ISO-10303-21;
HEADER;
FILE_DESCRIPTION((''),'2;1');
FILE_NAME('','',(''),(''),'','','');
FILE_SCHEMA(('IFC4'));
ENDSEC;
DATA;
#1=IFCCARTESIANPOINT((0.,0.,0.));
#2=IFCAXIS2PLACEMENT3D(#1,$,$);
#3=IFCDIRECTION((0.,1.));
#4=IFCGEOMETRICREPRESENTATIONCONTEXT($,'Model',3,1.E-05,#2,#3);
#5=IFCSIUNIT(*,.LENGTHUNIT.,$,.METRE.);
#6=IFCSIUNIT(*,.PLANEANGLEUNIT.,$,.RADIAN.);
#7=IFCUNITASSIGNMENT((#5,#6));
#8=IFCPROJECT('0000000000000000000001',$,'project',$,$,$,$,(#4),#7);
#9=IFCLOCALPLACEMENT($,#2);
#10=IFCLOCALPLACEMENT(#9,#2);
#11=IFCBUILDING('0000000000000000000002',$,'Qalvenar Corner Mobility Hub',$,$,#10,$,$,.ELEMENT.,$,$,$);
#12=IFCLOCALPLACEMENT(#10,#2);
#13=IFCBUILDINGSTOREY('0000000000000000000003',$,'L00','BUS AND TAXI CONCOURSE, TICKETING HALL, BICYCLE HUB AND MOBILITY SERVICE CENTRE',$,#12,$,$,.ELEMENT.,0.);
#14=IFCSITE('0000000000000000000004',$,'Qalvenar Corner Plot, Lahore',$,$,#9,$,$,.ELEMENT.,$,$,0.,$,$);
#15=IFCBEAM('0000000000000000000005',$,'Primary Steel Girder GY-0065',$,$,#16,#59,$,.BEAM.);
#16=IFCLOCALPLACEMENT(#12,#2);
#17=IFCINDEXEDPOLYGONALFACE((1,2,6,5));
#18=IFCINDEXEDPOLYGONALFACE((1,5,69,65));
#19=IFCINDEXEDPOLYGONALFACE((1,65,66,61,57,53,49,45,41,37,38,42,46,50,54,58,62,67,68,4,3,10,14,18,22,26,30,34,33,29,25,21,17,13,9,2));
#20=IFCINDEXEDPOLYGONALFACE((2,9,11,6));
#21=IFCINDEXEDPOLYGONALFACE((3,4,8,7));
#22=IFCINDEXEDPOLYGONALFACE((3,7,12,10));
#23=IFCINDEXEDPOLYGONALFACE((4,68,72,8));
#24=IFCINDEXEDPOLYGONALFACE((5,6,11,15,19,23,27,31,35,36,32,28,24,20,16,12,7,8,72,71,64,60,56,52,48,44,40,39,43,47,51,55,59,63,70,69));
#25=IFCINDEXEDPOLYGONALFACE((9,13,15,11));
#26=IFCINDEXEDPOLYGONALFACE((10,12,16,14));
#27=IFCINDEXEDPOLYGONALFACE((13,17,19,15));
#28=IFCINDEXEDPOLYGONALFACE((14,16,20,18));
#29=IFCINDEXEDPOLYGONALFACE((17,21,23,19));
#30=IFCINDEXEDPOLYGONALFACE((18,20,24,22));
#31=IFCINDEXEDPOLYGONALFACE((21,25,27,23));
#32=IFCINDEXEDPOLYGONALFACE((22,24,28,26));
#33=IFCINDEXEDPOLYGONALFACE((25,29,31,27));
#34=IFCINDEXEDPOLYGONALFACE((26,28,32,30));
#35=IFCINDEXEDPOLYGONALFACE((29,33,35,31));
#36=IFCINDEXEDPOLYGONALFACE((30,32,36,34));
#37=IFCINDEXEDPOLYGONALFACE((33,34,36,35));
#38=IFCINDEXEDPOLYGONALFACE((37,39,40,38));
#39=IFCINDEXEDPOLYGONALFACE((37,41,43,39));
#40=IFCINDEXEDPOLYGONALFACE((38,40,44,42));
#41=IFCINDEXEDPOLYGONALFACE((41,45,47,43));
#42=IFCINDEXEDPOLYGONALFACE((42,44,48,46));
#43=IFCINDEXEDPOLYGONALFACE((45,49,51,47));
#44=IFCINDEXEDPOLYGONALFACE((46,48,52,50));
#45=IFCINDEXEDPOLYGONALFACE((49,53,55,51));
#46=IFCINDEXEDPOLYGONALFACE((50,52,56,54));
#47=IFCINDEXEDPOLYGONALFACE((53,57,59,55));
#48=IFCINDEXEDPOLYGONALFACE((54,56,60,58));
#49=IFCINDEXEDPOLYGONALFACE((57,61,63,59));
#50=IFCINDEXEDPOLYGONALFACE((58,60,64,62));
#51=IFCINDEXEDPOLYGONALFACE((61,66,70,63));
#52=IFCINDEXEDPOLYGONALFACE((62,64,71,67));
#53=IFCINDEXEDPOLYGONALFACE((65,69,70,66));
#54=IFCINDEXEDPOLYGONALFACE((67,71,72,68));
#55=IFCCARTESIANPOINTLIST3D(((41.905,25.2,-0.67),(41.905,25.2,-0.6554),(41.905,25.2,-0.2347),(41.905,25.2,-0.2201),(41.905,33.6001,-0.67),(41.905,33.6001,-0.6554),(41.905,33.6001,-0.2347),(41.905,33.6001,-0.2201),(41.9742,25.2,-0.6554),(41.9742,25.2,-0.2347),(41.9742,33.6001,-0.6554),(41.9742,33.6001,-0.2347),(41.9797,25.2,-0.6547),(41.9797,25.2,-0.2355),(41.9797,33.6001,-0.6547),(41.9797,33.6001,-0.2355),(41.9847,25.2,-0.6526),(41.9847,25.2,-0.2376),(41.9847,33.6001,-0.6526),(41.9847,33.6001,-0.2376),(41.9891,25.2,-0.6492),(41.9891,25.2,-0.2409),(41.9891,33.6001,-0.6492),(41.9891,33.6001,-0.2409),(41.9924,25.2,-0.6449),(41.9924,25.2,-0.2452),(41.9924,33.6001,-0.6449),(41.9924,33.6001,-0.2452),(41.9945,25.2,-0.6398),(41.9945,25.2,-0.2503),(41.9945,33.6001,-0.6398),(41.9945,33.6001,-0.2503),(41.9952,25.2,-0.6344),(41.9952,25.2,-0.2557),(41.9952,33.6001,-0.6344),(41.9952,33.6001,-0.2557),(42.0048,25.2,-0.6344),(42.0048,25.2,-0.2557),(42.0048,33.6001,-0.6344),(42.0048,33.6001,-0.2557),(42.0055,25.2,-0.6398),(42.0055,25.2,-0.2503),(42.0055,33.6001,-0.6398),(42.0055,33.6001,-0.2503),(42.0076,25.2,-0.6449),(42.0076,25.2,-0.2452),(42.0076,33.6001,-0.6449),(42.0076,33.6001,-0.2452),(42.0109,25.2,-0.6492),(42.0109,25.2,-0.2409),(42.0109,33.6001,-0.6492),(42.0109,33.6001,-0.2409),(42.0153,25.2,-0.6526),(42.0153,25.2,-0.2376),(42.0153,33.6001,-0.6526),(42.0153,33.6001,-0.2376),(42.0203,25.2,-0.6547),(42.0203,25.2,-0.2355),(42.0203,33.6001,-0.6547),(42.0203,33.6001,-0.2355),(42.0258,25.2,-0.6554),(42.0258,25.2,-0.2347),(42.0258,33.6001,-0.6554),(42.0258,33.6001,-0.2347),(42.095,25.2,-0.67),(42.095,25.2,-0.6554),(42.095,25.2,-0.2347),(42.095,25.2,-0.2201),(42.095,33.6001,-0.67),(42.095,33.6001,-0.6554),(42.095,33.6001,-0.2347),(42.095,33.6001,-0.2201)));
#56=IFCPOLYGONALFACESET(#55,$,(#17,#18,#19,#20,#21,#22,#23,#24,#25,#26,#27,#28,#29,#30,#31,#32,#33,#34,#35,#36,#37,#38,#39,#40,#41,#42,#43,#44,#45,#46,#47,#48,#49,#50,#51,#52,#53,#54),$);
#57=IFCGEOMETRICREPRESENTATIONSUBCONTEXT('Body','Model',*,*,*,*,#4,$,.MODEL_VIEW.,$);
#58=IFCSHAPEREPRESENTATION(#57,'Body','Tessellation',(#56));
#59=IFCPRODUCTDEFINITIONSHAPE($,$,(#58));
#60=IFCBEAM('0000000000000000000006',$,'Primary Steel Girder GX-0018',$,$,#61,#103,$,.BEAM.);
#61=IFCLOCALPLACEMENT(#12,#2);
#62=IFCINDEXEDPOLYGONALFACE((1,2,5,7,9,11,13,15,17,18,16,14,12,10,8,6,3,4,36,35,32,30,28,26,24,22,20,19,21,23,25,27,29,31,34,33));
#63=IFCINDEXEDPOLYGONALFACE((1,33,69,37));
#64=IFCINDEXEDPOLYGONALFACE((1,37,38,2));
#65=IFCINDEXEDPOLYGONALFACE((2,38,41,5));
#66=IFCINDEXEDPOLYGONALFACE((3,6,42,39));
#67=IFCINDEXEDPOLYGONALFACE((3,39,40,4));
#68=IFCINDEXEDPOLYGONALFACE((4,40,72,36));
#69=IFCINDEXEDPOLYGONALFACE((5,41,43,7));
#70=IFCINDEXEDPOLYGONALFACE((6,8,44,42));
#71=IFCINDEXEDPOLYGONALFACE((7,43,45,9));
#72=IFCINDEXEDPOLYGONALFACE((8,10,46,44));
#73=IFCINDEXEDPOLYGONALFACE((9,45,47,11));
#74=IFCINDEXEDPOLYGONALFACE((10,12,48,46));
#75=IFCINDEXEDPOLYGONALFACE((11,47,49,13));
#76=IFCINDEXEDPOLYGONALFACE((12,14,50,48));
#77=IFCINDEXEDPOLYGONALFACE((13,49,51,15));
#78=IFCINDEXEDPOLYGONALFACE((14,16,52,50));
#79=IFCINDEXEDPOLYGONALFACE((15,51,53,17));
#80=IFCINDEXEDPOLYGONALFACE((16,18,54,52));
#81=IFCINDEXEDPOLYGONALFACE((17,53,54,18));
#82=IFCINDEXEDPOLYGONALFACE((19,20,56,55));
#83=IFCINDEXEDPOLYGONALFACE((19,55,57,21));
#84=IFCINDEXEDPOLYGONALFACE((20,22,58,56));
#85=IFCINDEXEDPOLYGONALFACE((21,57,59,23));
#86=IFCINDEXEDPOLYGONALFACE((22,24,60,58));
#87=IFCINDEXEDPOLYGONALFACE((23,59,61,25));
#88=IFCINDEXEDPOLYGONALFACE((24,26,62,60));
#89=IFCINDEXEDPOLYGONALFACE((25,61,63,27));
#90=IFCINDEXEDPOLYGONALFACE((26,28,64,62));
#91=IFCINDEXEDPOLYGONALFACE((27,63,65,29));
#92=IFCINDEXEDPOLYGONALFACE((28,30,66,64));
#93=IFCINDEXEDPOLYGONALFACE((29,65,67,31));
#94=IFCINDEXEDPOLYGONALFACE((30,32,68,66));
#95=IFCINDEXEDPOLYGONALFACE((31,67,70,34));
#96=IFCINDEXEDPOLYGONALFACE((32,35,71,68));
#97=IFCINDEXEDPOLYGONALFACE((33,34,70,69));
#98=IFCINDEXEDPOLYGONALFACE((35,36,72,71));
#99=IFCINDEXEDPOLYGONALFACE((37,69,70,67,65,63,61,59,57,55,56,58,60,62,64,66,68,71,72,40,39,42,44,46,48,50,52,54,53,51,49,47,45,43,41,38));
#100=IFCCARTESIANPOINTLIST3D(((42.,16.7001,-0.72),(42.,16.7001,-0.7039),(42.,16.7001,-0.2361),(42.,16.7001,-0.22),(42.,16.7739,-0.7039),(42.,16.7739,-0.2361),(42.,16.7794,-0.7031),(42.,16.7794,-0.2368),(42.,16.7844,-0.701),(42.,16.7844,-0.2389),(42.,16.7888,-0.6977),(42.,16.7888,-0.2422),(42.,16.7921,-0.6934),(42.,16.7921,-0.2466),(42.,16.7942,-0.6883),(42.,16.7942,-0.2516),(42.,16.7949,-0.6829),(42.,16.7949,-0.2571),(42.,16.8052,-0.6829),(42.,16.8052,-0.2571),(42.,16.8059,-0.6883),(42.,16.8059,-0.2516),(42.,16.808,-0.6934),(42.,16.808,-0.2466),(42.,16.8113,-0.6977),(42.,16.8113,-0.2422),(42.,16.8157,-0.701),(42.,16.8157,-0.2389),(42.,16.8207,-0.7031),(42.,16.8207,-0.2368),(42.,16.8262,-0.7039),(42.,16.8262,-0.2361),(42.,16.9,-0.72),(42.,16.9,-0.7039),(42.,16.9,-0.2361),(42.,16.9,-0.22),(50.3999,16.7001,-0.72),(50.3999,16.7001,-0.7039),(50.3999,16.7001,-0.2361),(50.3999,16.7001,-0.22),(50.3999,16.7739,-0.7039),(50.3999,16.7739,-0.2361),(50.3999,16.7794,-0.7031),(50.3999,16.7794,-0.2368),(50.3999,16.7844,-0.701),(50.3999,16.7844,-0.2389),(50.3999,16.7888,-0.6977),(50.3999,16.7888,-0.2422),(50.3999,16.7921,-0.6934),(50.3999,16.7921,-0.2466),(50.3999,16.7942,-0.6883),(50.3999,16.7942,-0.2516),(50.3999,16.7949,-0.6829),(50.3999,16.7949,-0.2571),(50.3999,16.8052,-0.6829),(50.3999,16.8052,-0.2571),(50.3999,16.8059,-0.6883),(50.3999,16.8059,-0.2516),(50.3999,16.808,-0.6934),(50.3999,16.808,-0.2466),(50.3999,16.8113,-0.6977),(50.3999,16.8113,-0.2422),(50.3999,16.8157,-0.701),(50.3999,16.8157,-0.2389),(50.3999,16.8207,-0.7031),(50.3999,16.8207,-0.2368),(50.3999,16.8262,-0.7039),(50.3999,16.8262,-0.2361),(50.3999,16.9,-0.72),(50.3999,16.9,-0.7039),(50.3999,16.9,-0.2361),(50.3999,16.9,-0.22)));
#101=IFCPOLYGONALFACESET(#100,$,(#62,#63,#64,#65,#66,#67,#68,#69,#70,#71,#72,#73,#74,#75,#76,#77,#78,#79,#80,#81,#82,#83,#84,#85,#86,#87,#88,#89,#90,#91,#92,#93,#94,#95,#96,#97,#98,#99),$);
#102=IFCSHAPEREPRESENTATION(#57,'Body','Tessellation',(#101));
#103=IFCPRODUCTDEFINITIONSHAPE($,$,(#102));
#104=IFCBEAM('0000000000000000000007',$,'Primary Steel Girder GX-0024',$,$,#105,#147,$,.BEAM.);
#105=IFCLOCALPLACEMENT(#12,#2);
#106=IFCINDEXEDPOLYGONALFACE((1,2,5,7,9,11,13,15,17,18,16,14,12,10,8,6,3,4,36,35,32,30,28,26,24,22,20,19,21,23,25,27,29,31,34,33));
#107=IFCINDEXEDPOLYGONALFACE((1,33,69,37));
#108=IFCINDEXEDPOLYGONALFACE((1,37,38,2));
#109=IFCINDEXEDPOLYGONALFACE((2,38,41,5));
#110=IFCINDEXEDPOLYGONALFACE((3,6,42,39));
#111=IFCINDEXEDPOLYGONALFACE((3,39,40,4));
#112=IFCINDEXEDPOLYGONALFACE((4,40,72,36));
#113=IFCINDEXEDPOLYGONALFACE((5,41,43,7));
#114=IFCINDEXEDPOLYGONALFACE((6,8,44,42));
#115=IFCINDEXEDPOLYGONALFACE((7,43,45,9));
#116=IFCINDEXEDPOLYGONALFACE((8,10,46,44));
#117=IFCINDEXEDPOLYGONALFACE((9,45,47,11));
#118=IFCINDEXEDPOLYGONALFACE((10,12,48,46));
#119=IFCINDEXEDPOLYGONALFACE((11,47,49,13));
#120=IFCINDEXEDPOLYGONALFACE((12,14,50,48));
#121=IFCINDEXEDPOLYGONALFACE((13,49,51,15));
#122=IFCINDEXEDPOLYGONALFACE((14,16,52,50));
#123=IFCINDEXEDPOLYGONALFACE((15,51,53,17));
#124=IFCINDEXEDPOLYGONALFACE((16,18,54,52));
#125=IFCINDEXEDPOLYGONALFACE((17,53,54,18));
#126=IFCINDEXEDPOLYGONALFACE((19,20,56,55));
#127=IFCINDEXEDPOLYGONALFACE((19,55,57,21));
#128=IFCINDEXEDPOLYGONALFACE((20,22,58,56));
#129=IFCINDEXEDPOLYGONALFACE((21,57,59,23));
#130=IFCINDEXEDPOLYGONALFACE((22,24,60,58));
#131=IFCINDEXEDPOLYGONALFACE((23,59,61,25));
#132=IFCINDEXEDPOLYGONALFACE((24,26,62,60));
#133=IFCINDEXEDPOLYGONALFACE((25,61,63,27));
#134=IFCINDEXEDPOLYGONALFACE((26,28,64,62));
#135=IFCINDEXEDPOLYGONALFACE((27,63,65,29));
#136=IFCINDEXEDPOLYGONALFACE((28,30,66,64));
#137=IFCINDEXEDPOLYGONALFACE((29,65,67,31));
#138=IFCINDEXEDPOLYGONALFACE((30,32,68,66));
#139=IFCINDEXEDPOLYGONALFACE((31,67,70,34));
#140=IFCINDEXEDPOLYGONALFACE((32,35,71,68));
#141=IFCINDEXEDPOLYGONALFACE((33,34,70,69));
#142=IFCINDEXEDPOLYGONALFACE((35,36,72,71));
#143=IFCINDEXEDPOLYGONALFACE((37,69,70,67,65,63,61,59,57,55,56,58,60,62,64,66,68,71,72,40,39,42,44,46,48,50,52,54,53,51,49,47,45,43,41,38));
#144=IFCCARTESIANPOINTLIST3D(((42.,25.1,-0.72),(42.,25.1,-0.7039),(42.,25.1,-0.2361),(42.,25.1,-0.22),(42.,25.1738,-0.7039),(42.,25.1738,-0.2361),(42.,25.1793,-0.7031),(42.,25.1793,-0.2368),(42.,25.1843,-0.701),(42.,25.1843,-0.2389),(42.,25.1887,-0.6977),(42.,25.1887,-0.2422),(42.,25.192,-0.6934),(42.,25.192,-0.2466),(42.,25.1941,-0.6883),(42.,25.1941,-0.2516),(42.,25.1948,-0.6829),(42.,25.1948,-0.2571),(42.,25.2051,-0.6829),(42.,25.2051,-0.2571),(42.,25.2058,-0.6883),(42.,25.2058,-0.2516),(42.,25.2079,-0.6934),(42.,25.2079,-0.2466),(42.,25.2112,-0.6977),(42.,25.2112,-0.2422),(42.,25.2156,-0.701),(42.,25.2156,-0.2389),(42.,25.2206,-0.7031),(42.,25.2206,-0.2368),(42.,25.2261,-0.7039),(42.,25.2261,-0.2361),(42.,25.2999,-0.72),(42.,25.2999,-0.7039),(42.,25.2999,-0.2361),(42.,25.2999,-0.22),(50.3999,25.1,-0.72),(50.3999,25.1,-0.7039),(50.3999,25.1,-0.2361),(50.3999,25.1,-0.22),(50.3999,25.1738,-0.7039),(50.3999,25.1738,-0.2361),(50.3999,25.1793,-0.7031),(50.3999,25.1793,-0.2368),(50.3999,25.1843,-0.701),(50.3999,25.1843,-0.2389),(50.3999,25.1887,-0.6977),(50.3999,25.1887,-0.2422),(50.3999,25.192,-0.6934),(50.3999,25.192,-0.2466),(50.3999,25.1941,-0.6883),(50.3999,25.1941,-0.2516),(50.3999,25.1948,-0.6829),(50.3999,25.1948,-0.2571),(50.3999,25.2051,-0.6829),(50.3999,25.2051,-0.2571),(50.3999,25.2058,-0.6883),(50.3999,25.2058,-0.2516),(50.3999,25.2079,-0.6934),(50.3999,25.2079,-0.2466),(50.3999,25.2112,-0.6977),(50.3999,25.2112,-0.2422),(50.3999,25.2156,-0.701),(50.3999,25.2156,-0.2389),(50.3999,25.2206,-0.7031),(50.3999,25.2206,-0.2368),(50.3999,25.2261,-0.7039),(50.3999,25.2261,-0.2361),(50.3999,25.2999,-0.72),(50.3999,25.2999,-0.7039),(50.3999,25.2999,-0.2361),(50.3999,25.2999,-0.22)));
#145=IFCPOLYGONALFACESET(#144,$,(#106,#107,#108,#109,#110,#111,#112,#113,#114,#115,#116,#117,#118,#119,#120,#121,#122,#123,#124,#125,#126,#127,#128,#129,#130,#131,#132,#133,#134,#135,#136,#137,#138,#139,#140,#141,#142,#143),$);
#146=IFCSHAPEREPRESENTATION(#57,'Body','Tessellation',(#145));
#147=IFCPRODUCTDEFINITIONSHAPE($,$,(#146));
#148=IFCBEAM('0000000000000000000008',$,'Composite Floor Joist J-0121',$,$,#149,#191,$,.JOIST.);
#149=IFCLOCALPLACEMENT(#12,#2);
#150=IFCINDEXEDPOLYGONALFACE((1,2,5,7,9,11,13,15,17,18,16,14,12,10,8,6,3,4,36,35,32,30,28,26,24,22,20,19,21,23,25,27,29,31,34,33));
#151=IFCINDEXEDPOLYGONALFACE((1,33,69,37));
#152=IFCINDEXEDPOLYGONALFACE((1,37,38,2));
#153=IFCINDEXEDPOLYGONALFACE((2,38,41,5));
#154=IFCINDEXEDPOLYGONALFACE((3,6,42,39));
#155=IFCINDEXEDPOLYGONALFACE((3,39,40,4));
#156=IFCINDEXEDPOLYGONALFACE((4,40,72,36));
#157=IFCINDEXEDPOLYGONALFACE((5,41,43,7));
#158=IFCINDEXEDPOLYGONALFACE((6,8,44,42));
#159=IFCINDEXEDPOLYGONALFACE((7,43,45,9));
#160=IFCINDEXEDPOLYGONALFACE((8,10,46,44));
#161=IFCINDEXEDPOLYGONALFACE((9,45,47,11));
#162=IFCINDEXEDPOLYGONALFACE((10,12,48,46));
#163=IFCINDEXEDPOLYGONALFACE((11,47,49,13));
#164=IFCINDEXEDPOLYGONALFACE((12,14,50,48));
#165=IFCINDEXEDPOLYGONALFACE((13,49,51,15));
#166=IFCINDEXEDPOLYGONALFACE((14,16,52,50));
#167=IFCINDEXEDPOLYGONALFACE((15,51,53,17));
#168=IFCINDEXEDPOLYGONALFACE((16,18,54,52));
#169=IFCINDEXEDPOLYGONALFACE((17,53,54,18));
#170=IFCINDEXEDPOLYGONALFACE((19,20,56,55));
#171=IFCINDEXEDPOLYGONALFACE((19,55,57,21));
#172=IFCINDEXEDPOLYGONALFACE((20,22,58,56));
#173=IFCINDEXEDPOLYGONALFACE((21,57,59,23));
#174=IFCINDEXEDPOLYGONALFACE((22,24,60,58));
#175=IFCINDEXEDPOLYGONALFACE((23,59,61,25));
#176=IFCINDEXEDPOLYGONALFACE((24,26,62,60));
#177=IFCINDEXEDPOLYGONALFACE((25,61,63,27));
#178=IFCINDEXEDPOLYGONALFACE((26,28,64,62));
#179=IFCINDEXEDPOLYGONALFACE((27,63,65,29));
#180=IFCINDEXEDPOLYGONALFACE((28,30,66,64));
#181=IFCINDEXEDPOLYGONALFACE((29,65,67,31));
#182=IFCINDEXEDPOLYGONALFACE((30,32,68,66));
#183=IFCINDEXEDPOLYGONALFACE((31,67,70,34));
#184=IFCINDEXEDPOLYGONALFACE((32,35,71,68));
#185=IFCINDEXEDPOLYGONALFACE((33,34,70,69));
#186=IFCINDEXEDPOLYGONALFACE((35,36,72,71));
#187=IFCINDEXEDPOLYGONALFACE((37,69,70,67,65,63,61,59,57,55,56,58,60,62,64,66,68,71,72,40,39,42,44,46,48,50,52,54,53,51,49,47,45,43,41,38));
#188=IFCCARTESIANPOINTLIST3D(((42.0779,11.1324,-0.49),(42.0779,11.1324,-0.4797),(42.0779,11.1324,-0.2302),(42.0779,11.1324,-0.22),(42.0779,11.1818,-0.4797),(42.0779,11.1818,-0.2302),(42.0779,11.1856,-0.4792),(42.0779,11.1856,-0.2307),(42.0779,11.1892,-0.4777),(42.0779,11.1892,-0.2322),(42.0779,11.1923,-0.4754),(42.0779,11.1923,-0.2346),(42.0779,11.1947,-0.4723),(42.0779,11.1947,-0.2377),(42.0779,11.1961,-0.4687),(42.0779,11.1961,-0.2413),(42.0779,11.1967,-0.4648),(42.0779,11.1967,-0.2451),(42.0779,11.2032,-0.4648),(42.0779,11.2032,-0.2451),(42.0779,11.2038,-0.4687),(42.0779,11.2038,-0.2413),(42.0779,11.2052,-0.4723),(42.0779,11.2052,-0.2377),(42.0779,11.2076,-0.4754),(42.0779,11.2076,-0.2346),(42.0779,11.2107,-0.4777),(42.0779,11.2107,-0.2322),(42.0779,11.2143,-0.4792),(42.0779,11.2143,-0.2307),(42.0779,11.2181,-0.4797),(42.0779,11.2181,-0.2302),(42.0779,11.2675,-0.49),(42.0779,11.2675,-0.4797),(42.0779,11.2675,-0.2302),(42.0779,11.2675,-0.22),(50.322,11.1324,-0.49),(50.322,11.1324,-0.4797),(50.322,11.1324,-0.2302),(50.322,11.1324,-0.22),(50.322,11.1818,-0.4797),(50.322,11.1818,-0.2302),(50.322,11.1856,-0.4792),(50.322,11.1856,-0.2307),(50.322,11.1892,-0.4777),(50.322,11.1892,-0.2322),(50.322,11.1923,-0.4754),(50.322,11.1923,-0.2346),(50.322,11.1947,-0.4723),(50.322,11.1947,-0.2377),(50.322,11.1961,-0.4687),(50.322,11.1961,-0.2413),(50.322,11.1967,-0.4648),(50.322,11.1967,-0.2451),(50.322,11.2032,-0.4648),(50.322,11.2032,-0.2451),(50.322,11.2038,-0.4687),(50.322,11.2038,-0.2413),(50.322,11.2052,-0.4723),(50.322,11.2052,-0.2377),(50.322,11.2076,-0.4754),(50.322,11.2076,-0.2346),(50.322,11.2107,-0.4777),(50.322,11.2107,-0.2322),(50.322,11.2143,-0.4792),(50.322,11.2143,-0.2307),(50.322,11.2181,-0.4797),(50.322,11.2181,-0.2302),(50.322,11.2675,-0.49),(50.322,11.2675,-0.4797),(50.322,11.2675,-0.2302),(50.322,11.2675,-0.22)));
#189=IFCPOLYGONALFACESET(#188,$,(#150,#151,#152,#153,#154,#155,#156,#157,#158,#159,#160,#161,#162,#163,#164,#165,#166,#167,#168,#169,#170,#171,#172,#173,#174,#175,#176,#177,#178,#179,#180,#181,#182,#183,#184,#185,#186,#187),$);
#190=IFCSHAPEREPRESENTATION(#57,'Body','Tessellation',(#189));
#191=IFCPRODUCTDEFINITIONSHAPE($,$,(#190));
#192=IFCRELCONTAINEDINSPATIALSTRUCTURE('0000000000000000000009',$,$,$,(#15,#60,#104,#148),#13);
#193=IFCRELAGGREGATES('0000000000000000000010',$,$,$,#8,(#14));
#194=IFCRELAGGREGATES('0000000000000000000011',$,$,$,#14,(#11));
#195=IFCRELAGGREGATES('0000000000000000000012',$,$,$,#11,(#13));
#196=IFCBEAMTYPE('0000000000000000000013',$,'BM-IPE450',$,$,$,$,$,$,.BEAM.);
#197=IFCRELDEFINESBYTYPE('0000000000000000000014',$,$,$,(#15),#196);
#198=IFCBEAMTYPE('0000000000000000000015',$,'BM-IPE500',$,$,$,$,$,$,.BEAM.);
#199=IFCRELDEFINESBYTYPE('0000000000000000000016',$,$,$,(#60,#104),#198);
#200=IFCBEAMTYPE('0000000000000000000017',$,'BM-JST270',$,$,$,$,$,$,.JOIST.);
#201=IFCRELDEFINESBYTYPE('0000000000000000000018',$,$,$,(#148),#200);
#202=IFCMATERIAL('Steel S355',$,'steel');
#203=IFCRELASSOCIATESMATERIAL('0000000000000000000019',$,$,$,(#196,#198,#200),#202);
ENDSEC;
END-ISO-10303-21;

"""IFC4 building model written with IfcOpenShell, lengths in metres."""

from ifc_helpers import new_model, si_unit, direction, frame, origin, origin_2d, place, context, subcontext, project, spatial, i_section, extrude, material, material_profile, profile_set, type_object, element, save


model = new_model("IFC4")

# Units and contexts
model_context = context("Model", 3, precision=1e-05, world=origin(), true_north=direction((0.0, 1.0)))
body_context = subcontext(model_context, "Body", "Model", "MODEL_VIEW")
ifc_project = project(units=[si_unit("LENGTHUNIT", "METRE"), si_unit("PLANEANGLEUNIT", "RADIAN")], contexts=[model_context])

# Site, building, storey
site_placement = place(None, origin())
site = spatial("IfcSite", under=ifc_project, at=site_placement, Name="Qalvenar Corner Plot, Lahore", CompositionType="ELEMENT", RefElevation=0.0)
building_placement = place(site_placement, origin())
building = spatial("IfcBuilding", under=site, at=building_placement, Name="Qalvenar Corner Mobility Hub", CompositionType="ELEMENT")
storey_placement = place(building_placement, origin())
storey = spatial("IfcBuildingStorey", under=building, at=storey_placement, Name="L00", Description="BUS AND TAXI CONCOURSE, TICKETING HALL, BICYCLE HUB AND MOBILITY SERVICE CENTRE", CompositionType="ELEMENT", Elevation=0.0)

# Shared definitions
ifc_material_1 = material(Name="Steel S355", Category="steel")

# Beams
ifc_material_profile_1 = material_profile(ifc_material_1, i_section(OverallWidth=0.1899, OverallDepth=0.45, WebThickness=0.0095, FlangeThickness=0.0146, FilletRadius=0.021, at=origin_2d()), Name="IPE450")
ifc_profile_set_1 = profile_set([ifc_material_profile_1], Name="Steel S355")
beam_type_1 = type_object("IfcBeamType", Name="BM-IPE450", PredefinedType="BEAM", material=ifc_profile_set_1)
beam_1_placement = place(storey_placement, frame((42.0, 25.2, -0.4451), z_axis=(0.0, 1.0, 0.0), x_axis=(-1.0, 0.0, 0.0)))
element("IfcBeam", 1, at=beam_1_placement, inside=storey, type_object=beam_type_1, Name="Primary Steel Girder GY-0065", PredefinedType="BEAM", context=body_context, shape_type="SweptSolid", body=[
    extrude(i_section(OverallWidth=0.1899, OverallDepth=0.45, WebThickness=0.0095, FlangeThickness=0.0146, FilletRadius=0.021, at=origin_2d()), origin(), (0.0, 0.0, 1.0), 8.4001),
])
ifc_material_profile_2 = material_profile(ifc_material_1, i_section(OverallWidth=0.2, OverallDepth=0.5, WebThickness=0.0103, FlangeThickness=0.0161, FilletRadius=0.021, at=origin_2d()), Name="IPE500")
ifc_profile_set_2 = profile_set([ifc_material_profile_2], Name="Steel S355")
beam_type_2 = type_object("IfcBeamType", Name="BM-IPE500", PredefinedType="BEAM", material=ifc_profile_set_2)
for number, where, z_axis, x_axis, name in (
    (2, (42.0, 16.8, -0.47), (1.0, 0.0, 0.0), (0.0, 1.0, 0.0), "Primary Steel Girder GX-0018"),
    (3, (42.0, 25.2, -0.47), (1.0, 0.0, 0.0), (0.0, 1.0, 0.0), "Primary Steel Girder GX-0024"),
):
    element("IfcBeam", number, at=place(storey_placement, frame(where, z_axis=z_axis, x_axis=x_axis)), inside=storey, type_object=beam_type_2, Name=name, PredefinedType="BEAM", context=body_context, shape_type="SweptSolid", body=[
        extrude(i_section(OverallWidth=0.2, OverallDepth=0.5, WebThickness=0.0103, FlangeThickness=0.0161, FilletRadius=0.021, at=origin_2d()), origin(), (0.0, 0.0, 1.0), 8.3999),
    ])
ifc_material_profile_3 = material_profile(ifc_material_1, i_section(OverallWidth=0.135, OverallDepth=0.27, WebThickness=0.0066, FlangeThickness=0.0103, FilletRadius=0.0149, at=origin_2d()), Name="IPE270")
ifc_profile_set_3 = profile_set([ifc_material_profile_3], Name="Steel S355")
beam_type_3 = type_object("IfcBeamType", Name="BM-JST270", PredefinedType="JOIST", material=ifc_profile_set_3)
for number, where, z_axis, x_axis, name in (
    (4, (42.0779, 11.2, -0.355), (1.0, 0.0, 0.0), (0.0, 1.0, 0.0), "Composite Floor Joist J-0121"),
):
    element("IfcBeam", number, at=place(storey_placement, frame(where, z_axis=z_axis, x_axis=x_axis)), inside=storey, type_object=beam_type_3, Name=name, PredefinedType="JOIST", context=body_context, shape_type="SweptSolid", body=[
        extrude(i_section(OverallWidth=0.135, OverallDepth=0.27, WebThickness=0.0066, FlangeThickness=0.0103, FilletRadius=0.0149, at=origin_2d()), origin(), (0.0, 0.0, 1.0), 8.2441),
    ])

save(model, "model.ifc")
